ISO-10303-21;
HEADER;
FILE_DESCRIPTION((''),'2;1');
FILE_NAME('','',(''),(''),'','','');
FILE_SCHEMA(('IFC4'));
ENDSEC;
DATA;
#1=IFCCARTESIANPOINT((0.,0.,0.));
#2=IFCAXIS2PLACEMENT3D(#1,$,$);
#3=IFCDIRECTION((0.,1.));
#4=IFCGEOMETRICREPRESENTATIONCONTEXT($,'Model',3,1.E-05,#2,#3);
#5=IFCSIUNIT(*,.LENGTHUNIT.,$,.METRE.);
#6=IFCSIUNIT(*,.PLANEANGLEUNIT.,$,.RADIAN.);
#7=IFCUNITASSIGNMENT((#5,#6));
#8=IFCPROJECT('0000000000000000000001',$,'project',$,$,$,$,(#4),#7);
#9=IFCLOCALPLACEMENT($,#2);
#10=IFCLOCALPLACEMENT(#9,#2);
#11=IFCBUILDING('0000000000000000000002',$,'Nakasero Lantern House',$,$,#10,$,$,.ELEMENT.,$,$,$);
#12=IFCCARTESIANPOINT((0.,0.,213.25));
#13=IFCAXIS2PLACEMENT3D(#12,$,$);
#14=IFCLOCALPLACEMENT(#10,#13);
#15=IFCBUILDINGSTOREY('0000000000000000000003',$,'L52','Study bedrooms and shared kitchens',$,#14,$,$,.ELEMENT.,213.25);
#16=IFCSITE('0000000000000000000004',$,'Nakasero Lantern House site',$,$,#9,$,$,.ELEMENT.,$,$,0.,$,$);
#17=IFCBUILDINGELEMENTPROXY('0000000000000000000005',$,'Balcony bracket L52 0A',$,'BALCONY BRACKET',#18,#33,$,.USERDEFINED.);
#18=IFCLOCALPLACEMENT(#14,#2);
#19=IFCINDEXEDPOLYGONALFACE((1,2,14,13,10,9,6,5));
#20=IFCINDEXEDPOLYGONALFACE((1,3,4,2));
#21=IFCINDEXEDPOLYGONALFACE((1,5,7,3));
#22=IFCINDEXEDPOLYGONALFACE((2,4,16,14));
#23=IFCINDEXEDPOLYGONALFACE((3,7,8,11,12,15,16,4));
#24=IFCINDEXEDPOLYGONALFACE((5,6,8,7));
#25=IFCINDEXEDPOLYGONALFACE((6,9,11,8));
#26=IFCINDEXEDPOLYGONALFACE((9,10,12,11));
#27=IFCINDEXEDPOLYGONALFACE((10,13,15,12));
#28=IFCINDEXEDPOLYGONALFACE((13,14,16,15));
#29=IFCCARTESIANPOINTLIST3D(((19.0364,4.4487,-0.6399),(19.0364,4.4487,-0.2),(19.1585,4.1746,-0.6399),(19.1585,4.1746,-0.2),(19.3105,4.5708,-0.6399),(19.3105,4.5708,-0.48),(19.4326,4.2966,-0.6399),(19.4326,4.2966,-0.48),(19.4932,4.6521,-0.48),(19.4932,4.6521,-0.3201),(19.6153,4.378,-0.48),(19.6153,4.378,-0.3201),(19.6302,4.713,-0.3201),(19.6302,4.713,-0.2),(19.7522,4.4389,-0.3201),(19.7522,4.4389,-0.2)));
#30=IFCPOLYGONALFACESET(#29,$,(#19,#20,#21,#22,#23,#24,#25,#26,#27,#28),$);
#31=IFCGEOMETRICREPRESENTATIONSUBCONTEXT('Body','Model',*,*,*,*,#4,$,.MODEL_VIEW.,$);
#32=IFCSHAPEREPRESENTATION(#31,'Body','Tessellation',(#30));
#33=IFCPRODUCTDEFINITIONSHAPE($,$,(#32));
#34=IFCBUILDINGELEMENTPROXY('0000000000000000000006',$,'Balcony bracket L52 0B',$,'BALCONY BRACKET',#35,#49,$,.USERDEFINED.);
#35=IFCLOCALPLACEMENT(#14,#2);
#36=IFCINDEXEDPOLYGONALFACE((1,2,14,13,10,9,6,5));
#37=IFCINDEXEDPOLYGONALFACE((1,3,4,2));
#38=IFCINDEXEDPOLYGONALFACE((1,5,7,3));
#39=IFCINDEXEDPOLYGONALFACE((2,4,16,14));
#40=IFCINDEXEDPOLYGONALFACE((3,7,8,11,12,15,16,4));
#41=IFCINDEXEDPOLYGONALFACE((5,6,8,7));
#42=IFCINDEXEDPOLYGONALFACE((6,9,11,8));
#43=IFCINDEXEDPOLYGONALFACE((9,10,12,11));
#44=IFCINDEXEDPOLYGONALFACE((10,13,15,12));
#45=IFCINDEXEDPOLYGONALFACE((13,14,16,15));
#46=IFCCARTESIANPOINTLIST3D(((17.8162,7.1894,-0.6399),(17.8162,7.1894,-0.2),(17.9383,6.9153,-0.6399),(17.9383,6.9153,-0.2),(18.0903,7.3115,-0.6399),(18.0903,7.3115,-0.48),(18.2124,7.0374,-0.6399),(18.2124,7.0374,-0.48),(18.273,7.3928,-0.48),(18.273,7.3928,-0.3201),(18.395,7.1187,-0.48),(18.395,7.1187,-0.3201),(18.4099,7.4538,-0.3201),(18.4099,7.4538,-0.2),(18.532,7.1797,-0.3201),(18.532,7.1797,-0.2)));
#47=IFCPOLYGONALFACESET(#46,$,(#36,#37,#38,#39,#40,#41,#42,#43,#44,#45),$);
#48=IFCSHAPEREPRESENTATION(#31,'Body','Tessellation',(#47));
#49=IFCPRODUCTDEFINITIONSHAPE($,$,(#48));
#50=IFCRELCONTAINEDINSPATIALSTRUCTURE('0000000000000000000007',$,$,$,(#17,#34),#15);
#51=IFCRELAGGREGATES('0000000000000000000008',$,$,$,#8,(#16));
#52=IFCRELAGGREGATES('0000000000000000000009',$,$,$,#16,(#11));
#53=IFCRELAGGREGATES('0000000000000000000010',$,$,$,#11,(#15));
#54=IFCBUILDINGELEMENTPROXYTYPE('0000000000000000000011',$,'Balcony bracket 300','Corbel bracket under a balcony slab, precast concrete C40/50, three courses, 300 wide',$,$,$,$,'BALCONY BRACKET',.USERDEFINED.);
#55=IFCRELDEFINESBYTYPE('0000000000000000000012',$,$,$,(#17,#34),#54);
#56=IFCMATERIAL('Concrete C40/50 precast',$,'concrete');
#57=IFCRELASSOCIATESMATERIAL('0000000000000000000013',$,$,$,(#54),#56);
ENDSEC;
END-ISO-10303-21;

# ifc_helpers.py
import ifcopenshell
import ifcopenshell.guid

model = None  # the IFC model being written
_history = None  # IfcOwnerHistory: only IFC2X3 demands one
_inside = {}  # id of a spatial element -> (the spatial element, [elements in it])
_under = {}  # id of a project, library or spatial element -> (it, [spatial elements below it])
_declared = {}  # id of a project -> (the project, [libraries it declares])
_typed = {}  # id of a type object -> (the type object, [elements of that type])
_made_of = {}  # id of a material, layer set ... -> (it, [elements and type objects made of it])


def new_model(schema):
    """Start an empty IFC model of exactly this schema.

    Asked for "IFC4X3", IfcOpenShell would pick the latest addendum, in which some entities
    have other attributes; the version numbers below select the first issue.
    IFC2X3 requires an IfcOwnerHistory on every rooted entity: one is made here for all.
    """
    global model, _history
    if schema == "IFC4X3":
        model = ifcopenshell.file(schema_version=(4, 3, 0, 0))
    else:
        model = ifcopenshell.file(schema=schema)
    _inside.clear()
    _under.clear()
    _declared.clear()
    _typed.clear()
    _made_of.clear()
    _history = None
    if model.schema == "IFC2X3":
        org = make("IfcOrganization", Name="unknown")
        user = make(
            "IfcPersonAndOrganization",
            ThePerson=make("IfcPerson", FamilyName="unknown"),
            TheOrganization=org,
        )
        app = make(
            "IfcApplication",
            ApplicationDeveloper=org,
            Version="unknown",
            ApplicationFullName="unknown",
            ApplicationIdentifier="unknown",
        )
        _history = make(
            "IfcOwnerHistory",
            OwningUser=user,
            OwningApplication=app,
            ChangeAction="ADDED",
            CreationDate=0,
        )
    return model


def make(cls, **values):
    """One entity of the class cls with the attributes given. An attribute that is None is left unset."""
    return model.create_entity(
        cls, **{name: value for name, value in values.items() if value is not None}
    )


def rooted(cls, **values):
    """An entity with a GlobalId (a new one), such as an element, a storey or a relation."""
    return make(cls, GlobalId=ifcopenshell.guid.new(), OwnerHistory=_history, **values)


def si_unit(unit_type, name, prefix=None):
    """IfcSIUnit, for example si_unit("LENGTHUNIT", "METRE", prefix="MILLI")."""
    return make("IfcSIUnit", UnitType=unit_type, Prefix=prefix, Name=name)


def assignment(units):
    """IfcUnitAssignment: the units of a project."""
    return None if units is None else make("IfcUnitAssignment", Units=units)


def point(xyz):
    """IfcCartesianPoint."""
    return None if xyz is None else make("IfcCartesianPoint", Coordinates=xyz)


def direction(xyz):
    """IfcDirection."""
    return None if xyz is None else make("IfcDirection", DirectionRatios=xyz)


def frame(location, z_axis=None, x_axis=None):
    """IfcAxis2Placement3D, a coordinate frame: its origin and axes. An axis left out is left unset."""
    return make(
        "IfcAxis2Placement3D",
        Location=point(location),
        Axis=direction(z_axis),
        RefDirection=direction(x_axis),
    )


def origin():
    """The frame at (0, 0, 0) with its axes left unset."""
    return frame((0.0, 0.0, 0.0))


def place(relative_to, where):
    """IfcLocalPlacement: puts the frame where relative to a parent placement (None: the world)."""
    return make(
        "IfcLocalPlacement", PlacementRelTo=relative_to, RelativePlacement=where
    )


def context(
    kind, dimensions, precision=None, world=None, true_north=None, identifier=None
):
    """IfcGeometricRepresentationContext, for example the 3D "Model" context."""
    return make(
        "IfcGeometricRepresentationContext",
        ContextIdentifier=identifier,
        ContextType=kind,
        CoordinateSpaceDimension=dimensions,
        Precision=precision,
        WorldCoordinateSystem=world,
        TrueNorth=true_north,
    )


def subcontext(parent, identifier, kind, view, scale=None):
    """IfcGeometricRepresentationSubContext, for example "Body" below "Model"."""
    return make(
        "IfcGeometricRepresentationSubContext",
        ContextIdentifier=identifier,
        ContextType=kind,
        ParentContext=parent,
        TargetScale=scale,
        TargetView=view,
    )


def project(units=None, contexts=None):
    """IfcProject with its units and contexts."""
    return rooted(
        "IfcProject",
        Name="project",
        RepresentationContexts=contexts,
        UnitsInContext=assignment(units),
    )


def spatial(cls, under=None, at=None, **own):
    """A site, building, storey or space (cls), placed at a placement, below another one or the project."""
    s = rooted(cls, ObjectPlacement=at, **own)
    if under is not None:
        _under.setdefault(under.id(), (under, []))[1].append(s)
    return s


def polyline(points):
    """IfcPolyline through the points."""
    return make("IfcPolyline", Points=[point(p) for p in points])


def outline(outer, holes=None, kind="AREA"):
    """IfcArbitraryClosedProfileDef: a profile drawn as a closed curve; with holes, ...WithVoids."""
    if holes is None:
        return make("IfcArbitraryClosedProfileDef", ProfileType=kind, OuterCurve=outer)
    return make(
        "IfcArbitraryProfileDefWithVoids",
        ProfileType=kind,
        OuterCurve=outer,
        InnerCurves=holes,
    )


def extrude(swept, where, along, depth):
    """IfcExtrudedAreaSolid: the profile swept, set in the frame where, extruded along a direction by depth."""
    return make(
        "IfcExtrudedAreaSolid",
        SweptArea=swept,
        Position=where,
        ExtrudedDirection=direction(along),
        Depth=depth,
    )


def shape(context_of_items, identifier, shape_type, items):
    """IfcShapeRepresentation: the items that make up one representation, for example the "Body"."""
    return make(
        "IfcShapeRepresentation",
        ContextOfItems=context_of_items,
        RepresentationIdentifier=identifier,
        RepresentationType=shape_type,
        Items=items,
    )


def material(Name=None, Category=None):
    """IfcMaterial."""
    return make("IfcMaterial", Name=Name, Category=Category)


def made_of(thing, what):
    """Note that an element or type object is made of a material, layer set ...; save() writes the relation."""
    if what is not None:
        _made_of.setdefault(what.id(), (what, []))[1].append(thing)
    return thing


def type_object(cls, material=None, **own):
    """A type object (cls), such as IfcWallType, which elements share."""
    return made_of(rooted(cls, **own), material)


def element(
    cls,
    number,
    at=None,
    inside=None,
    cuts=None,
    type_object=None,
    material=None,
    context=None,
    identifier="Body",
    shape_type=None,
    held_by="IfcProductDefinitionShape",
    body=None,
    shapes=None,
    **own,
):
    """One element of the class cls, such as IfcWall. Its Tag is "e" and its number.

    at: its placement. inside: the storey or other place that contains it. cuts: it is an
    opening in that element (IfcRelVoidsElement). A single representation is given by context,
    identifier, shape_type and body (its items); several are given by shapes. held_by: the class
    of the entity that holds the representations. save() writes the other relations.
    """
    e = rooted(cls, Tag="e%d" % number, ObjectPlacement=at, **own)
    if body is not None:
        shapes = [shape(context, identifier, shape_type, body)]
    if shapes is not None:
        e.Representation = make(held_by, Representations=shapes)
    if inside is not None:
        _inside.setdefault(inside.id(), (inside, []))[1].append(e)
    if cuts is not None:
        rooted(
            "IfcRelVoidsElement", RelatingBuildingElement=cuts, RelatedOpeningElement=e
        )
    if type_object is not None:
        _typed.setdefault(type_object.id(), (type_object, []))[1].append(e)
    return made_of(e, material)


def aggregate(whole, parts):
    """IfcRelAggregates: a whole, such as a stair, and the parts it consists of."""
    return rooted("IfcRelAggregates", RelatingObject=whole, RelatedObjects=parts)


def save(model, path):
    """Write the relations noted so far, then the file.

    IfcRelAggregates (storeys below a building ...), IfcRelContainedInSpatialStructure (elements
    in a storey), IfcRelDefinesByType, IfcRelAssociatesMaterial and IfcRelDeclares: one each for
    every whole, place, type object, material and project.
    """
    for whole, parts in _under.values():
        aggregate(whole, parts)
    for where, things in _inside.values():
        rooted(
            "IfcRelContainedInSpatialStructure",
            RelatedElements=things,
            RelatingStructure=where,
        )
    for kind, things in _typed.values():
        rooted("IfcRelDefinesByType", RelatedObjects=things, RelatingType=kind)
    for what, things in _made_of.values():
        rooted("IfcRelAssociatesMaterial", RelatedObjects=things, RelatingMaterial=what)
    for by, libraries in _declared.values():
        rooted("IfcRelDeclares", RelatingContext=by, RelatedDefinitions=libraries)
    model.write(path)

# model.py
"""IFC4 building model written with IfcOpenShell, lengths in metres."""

from ifc_helpers import new_model, si_unit, direction, frame, origin, place, context, subcontext, project, spatial, polyline, outline, extrude, material, type_object, element, save


model = new_model("IFC4")

# Units and contexts
model_context = context("Model", 3, precision=1e-05, world=origin(), true_north=direction((0.0, 1.0)))
body_context = subcontext(model_context, "Body", "Model", "MODEL_VIEW")
ifc_project = project(units=[si_unit("LENGTHUNIT", "METRE"), si_unit("PLANEANGLEUNIT", "RADIAN")], contexts=[model_context])

# Site, building, storey
site_placement = place(None, origin())
site = spatial("IfcSite", under=ifc_project, at=site_placement, Name="Nakasero Lantern House site", CompositionType="ELEMENT", RefElevation=0.0)
building_placement = place(site_placement, origin())
building = spatial("IfcBuilding", under=site, at=building_placement, Name="Nakasero Lantern House", CompositionType="ELEMENT")
storey_placement = place(building_placement, frame((0.0, 0.0, 213.25)))
storey = spatial("IfcBuildingStorey", under=building, at=storey_placement, Name="L52", Description="Study bedrooms and shared kitchens", CompositionType="ELEMENT", Elevation=213.25)

# Building element proxies
ifc_material_1 = material(Name="Concrete C40/50 precast", Category="concrete")
building_element_proxy_type = type_object("IfcBuildingElementProxyType", Name="Balcony bracket 300", Description="Corbel bracket under a balcony slab, precast concrete C40/50, three courses, 300 wide", ElementType="BALCONY BRACKET", PredefinedType="USERDEFINED", material=ifc_material_1)
for number, where, z_axis, x_axis, name in (
    (1, (19.0974, 4.3118, -0.2), (0.0, 0.0, 1.0), (0.913545, 0.406737, 0.0), "Balcony bracket L52 0A"),
    (2, (17.8772, 7.0525, -0.2), (0.0, 0.0, 1.0), (0.913545, 0.406737, 0.0), "Balcony bracket L52 0B"),
):
    element("IfcBuildingElementProxy", number, at=place(storey_placement, frame(where, z_axis=z_axis, x_axis=x_axis)), inside=storey, type_object=building_element_proxy_type, Name=name, ObjectType="BALCONY BRACKET", PredefinedType="USERDEFINED", context=body_context, shape_type="SweptSolid", body=[
        extrude(outline(polyline([(0.0, 0.0), (0.6499, 0.0), (0.6499, -0.1201), (0.5, -0.1201), (0.5, -0.28), (0.3, -0.28), (0.3, -0.4399), (0.0, -0.4399), (0.0, 0.0)])), frame((0.0, 0.1499, 0.0), z_axis=(0.0, -1.0, 0.0), x_axis=(1.0, 0.0, 0.0)), (0.0, 0.0, 1.0), 0.3),
    ])

save(model, "model.ifc")
